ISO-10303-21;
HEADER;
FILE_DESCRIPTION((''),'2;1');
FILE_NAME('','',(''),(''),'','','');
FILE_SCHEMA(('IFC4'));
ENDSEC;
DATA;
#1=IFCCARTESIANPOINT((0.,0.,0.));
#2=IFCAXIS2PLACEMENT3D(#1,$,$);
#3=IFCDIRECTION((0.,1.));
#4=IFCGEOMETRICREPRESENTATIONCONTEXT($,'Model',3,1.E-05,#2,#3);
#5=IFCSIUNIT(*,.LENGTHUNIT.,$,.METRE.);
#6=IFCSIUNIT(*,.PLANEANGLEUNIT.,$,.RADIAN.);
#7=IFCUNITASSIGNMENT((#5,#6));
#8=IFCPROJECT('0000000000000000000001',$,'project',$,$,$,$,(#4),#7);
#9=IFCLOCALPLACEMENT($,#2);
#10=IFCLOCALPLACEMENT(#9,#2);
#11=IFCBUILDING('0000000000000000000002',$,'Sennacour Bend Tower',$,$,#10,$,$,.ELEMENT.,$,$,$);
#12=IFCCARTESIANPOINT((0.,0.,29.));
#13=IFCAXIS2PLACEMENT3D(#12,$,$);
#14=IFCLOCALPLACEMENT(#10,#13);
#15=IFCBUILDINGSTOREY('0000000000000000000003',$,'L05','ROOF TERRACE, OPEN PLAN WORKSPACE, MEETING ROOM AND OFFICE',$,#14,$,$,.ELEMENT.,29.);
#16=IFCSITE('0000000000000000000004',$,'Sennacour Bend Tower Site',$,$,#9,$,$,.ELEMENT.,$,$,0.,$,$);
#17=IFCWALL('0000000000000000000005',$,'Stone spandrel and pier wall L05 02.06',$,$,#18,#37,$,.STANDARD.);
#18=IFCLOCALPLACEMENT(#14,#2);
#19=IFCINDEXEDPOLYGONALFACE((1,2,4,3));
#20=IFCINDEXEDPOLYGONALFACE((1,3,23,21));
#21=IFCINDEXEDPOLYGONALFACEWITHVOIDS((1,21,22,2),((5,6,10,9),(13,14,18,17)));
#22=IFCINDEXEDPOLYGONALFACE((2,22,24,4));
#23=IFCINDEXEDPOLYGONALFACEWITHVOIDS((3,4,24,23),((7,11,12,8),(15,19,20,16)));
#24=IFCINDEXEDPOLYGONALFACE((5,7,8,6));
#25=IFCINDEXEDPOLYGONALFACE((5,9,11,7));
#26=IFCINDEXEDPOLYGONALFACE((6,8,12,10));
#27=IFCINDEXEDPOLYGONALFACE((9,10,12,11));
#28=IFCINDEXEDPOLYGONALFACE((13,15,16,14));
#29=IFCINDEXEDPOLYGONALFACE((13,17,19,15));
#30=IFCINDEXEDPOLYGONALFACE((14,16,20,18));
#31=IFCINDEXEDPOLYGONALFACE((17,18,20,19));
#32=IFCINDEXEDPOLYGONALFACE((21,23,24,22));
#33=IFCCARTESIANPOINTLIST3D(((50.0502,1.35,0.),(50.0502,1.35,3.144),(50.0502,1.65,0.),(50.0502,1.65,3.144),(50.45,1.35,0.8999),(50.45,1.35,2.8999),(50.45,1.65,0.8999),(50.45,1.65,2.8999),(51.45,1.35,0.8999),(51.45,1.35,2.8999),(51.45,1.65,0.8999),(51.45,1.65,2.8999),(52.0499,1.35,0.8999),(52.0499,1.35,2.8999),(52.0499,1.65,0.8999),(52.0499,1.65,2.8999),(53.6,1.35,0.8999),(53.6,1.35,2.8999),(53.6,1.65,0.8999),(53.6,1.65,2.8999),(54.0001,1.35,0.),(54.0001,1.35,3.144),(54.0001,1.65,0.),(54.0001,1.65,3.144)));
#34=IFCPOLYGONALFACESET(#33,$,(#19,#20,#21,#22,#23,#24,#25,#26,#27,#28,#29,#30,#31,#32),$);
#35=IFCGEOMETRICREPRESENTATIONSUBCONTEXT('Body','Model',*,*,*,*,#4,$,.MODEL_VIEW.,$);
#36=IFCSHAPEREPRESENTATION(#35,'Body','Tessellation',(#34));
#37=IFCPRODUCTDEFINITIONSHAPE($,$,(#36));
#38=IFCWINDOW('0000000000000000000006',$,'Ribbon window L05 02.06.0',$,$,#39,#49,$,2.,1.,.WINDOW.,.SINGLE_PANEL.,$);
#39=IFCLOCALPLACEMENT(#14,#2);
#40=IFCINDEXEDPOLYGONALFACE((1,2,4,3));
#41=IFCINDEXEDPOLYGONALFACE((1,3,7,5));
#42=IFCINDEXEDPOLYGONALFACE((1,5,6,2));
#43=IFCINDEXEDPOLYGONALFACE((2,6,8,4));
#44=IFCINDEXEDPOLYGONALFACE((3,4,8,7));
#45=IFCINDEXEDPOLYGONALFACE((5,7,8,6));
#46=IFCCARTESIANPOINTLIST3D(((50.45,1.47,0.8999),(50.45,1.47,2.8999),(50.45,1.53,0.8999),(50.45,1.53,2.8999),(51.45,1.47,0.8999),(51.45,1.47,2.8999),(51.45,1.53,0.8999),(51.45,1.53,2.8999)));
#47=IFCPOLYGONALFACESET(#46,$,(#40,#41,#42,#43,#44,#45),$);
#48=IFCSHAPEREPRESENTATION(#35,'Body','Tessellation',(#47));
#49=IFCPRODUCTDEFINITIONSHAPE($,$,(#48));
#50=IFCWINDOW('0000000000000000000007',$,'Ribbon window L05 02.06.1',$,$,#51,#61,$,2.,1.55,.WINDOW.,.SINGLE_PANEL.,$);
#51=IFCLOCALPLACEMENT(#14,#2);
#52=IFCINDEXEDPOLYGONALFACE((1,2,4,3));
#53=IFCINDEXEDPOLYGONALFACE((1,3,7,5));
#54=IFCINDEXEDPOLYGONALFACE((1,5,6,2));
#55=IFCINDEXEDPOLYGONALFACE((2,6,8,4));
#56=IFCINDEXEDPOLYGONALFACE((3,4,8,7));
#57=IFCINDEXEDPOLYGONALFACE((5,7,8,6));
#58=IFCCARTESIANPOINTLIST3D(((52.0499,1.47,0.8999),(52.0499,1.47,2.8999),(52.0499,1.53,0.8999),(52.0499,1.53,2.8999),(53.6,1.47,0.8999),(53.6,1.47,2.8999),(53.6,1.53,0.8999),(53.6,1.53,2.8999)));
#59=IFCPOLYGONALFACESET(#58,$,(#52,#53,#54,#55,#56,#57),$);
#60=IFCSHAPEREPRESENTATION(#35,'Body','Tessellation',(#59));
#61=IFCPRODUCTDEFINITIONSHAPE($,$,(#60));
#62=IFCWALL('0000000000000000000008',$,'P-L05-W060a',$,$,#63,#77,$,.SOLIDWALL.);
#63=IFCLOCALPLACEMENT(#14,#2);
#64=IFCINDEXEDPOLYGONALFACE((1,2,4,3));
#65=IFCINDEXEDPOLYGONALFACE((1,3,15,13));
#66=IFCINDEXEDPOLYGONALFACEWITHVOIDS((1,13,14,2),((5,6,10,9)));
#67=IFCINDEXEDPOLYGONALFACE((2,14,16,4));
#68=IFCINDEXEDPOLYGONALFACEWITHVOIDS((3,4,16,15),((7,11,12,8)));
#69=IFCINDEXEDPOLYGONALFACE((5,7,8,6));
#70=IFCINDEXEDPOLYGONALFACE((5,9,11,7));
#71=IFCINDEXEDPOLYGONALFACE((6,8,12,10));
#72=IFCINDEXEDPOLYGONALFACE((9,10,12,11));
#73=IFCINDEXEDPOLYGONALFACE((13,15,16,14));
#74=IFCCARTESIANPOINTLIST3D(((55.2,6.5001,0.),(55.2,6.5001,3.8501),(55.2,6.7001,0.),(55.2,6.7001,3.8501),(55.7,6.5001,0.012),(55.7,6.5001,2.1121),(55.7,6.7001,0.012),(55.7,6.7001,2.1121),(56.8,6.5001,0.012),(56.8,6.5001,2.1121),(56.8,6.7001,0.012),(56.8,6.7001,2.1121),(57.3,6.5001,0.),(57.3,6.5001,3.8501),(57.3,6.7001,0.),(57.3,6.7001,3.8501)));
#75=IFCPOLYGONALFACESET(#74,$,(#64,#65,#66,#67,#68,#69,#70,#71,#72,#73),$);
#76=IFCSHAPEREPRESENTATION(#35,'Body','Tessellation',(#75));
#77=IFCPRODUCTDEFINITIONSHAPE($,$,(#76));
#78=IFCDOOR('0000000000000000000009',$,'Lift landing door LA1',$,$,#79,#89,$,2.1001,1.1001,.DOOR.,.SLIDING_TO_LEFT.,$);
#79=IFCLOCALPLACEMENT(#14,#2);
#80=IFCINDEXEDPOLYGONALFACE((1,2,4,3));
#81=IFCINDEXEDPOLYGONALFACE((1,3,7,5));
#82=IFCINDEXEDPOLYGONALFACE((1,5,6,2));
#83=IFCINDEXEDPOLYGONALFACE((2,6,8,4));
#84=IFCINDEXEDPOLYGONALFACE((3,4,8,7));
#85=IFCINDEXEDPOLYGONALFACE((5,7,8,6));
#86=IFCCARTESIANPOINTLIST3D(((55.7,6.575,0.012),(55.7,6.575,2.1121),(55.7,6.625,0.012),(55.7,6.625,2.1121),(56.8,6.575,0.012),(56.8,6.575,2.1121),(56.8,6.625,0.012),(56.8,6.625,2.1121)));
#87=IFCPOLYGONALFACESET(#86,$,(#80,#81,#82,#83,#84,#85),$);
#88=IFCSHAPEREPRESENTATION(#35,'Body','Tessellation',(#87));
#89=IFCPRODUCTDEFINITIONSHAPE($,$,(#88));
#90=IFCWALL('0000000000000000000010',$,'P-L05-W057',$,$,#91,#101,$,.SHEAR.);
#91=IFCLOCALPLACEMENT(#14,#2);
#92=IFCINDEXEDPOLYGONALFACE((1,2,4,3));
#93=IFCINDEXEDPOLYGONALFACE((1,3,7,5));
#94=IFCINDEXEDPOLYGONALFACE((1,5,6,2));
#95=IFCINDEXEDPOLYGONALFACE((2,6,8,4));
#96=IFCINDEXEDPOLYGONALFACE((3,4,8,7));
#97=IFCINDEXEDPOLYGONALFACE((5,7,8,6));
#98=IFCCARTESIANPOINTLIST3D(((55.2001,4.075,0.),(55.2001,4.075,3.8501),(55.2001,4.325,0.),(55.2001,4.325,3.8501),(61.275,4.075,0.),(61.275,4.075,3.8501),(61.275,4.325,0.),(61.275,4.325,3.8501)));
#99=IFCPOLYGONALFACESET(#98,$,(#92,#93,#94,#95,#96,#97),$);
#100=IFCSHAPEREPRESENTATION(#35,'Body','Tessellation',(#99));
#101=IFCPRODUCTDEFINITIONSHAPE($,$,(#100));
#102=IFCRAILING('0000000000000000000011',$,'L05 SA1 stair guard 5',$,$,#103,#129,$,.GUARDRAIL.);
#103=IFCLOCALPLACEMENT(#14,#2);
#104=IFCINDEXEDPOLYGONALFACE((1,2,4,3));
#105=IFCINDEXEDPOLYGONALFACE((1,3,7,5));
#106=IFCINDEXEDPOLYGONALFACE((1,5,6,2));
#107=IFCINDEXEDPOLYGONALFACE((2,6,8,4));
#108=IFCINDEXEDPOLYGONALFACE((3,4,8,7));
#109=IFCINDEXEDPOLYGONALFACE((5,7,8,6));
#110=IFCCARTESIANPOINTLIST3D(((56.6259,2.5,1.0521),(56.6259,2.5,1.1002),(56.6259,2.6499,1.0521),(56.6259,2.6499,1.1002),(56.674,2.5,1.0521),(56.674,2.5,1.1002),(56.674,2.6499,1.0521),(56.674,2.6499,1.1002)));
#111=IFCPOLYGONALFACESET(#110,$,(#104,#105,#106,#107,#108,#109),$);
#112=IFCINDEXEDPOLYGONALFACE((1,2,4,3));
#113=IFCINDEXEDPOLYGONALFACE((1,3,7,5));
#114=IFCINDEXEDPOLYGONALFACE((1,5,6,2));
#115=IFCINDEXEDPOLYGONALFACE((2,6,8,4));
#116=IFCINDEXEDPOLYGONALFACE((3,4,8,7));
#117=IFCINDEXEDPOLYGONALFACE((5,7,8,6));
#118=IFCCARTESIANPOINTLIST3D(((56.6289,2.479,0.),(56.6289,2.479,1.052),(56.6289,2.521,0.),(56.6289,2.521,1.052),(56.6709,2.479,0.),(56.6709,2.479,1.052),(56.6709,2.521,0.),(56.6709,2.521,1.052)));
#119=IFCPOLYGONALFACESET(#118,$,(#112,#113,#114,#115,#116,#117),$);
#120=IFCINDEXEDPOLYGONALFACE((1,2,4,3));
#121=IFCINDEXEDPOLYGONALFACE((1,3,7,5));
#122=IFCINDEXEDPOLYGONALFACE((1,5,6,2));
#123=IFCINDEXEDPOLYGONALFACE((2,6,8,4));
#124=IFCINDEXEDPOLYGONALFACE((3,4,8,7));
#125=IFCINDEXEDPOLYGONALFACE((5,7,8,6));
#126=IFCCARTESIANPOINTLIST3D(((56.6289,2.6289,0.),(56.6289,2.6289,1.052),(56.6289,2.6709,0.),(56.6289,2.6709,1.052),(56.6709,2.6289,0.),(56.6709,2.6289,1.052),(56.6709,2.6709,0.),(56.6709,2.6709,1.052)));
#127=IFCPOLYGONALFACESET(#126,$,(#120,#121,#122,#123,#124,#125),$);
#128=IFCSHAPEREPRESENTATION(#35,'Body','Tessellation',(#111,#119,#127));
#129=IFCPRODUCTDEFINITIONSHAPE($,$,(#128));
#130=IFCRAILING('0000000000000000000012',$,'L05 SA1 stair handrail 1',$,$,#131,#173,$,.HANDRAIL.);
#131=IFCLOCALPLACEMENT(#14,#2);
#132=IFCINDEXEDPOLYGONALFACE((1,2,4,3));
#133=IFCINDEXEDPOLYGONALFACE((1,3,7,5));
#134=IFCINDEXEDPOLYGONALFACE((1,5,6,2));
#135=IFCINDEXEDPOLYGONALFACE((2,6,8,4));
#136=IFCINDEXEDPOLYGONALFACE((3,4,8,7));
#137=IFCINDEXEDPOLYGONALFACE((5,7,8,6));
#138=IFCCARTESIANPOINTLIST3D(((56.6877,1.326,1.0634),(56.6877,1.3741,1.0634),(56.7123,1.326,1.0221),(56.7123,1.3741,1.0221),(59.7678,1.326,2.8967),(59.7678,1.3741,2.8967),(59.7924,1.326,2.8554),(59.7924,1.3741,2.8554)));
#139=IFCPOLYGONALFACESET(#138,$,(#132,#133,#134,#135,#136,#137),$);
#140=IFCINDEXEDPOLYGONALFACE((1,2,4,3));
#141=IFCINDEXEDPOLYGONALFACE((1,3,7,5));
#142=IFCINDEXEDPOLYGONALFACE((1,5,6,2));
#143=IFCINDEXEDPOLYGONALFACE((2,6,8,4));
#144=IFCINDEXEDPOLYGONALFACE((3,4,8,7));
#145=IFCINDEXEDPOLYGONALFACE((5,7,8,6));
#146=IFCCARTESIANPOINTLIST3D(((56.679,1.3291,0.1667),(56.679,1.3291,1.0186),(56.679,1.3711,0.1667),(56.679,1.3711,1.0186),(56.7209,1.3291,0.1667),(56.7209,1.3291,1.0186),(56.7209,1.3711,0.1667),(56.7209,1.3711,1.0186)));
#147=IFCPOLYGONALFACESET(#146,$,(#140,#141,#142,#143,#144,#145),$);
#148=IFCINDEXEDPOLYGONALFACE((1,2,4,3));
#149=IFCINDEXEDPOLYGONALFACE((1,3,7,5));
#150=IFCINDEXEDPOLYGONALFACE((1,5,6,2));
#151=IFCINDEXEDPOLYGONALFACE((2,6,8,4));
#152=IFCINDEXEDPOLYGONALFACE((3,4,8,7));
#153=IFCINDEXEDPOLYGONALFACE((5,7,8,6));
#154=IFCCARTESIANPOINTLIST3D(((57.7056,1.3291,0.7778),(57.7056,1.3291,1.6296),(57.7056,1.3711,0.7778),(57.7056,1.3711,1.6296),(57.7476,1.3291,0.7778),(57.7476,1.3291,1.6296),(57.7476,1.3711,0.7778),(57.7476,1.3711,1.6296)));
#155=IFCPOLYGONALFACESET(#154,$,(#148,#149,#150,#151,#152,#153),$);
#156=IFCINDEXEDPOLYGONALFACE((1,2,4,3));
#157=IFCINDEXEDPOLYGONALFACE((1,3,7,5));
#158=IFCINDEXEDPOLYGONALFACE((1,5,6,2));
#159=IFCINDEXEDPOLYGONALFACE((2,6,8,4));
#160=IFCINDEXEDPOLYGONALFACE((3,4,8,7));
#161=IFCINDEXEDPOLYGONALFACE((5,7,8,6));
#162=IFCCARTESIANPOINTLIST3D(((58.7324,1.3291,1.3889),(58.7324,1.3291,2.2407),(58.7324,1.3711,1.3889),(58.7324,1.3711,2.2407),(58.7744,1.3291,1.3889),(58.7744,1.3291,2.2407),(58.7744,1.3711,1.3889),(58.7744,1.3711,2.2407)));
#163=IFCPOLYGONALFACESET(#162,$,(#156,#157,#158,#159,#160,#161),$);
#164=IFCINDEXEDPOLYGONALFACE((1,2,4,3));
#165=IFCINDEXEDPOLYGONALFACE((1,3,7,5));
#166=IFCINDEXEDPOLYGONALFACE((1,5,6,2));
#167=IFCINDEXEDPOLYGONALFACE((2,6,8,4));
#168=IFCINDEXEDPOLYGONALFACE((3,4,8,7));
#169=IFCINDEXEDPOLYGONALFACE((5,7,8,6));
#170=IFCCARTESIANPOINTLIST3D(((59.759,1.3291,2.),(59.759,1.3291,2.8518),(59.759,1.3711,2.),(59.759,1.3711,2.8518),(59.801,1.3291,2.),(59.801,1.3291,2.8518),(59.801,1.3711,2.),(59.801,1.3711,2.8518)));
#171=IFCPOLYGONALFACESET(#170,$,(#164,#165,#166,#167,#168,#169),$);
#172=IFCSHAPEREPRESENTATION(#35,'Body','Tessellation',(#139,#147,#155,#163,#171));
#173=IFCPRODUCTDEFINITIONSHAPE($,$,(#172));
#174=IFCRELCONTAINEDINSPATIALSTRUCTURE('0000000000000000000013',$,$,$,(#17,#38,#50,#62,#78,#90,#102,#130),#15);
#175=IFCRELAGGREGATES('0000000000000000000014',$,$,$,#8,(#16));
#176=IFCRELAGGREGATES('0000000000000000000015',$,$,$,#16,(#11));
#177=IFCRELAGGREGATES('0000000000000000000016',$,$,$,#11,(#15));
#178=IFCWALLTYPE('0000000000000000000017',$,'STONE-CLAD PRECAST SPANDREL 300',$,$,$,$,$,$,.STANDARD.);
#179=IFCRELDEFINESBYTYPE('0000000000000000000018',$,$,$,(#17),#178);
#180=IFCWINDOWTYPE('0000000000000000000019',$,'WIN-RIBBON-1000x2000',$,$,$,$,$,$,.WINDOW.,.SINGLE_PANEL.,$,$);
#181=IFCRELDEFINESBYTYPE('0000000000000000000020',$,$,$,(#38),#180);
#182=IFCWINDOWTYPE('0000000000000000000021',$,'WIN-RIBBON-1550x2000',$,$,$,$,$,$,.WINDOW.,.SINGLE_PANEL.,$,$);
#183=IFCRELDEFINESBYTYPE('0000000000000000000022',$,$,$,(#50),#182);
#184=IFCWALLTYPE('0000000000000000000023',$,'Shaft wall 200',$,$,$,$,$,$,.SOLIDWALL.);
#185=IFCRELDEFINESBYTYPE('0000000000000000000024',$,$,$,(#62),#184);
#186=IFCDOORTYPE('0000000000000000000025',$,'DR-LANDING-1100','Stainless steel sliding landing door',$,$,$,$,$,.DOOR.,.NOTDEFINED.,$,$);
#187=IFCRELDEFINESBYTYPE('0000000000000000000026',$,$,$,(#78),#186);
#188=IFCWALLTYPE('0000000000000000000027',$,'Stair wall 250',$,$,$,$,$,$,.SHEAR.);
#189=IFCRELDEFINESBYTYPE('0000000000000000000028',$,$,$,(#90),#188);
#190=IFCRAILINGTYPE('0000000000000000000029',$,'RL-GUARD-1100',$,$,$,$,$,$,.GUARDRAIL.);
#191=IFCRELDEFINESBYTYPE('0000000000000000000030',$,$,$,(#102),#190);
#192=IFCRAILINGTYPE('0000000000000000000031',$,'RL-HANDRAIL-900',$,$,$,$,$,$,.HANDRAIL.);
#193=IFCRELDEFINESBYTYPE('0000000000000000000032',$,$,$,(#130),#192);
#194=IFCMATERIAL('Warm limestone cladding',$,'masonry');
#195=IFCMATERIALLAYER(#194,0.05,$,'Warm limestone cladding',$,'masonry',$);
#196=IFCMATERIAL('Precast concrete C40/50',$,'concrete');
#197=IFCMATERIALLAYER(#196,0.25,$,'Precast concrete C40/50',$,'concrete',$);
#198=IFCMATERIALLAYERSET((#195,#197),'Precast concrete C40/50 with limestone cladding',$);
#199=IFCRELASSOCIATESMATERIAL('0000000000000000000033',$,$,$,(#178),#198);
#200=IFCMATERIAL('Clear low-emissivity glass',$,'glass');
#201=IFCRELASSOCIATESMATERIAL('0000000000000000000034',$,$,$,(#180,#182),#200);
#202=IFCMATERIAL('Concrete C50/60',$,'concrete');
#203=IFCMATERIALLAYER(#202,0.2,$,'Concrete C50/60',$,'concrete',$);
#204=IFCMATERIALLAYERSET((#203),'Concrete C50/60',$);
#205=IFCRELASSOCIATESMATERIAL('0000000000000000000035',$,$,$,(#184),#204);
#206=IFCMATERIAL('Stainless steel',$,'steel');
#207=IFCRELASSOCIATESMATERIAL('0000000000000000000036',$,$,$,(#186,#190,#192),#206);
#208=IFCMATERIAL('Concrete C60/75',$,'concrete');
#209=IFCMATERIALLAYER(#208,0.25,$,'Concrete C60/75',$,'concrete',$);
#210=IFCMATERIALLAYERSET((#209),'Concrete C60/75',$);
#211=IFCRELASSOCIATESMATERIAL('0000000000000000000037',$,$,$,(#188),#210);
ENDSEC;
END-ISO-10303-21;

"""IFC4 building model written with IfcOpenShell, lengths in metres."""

from ifc_helpers import new_model, si_unit, direction, frame, frame_2d, origin, origin_2d, place, context, subcontext, project, spatial, rectangle, extrude, material, layer, layer_set, type_object, element, fill, save


model = new_model("IFC4")

# Units and contexts
model_context = context("Model", 3, precision=1e-05, world=origin(), true_north=direction((0.0, 1.0)))
body_context = subcontext(model_context, "Body", "Model", "MODEL_VIEW")
ifc_project = project(units=[si_unit("LENGTHUNIT", "METRE"), si_unit("PLANEANGLEUNIT", "RADIAN")], contexts=[model_context])

# Site, building, storey
site_placement = place(None, origin())
site = spatial("IfcSite", under=ifc_project, at=site_placement, Name="Sennacour Bend Tower Site", CompositionType="ELEMENT", RefElevation=0.0)
building_placement = place(site_placement, origin())
building = spatial("IfcBuilding", under=site, at=building_placement, Name="Sennacour Bend Tower", CompositionType="ELEMENT")
storey_placement = place(building_placement, frame((0.0, 0.0, 29.0)))
storey = spatial("IfcBuildingStorey", under=building, at=storey_placement, Name="L05", Description="ROOF TERRACE, OPEN PLAN WORKSPACE, MEETING ROOM AND OFFICE", CompositionType="ELEMENT", Elevation=29.0)

# Wall, openings, windows
ifc_material_1 = material(Name="Warm limestone cladding", Category="masonry")
ifc_layer_1 = layer(ifc_material_1, 0.05, Name="Warm limestone cladding", Category="masonry")
ifc_material_2 = material(Name="Precast concrete C40/50", Category="concrete")
ifc_layer_2 = layer(ifc_material_2, 0.25, Name="Precast concrete C40/50", Category="concrete")
ifc_layer_set_1 = layer_set([ifc_layer_1, ifc_layer_2], Name="Precast concrete C40/50 with limestone cladding")
wall_type_1 = type_object("IfcWallType", Name="STONE-CLAD PRECAST SPANDREL 300", PredefinedType="STANDARD", material=ifc_layer_set_1)
wall_1_placement = place(storey_placement, frame((50.05, 1.5, 0.0), z_axis=(0.0, 0.0, 1.0), x_axis=(1.0, 0.0, 0.0)))
wall_1 = element("IfcWall", 1, at=wall_1_placement, inside=storey, type_object=wall_type_1, Name="Stone spandrel and pier wall L05 02.06", PredefinedType="STANDARD", context=body_context, shape_type="SweptSolid", body=[
    extrude(rectangle(XDim=3.95, YDim=0.3, at=frame_2d((1.9751, 0.0))), origin(), (0.0, 0.0, 1.0), 3.144),
])
opening_1_placement = place(wall_1_placement, frame((0.3999, 0.0, 0.8999)))
opening_1 = element("IfcOpeningElement", 2, at=opening_1_placement, cuts=wall_1, PredefinedType="OPENING", context=body_context, shape_type="SweptSolid", body=[
    extrude(rectangle(XDim=1.0, YDim=2.0, at=frame_2d((0.5, 1.0))), frame((0.0, 0.1602, 0.0), z_axis=(0.0, -1.0, 0.0), x_axis=(1.0, 0.0, 0.0)), (0.0, 0.0, 1.0), 0.3201),
])
opening_2_placement = place(wall_1_placement, frame((2.0, 0.0, 0.8999)))
opening_2 = element("IfcOpeningElement", 3, at=opening_2_placement, cuts=wall_1, PredefinedType="OPENING", context=body_context, shape_type="SweptSolid", body=[
    extrude(rectangle(XDim=1.55, YDim=2.0, at=frame_2d((0.7749, 1.0))), frame((0.0, 0.1602, 0.0), z_axis=(0.0, -1.0, 0.0), x_axis=(1.0, 0.0, 0.0)), (0.0, 0.0, 1.0), 0.3201),
])
ifc_material_3 = material(Name="Clear low-emissivity glass", Category="glass")
window_type_1 = type_object("IfcWindowType", Name="WIN-RIBBON-1000x2000", PartitioningType="SINGLE_PANEL", PredefinedType="WINDOW", material=ifc_material_3)
window_1_placement = place(opening_1_placement, origin())
window_1 = element("IfcWindow", 4, at=window_1_placement, inside=storey, type_object=window_type_1, Name="Ribbon window L05 02.06.0", OverallHeight=2.0, OverallWidth=1.0, PartitioningType="SINGLE_PANEL", PredefinedType="WINDOW", context=body_context, shape_type="SweptSolid", body=[
    extrude(rectangle(XDim=1.0, YDim=2.0, at=frame_2d((0.5, 1.0))), frame((0.0, 0.03, 0.0), z_axis=(0.0, -1.0, 0.0), x_axis=(1.0, 0.0, 0.0)), (0.0, 0.0, 1.0), 0.0601),
])
fill(opening_1, window_1)
window_type_2 = type_object("IfcWindowType", Name="WIN-RIBBON-1550x2000", PartitioningType="SINGLE_PANEL", PredefinedType="WINDOW", material=ifc_material_3)
window_2_placement = place(opening_2_placement, origin())
window_2 = element("IfcWindow", 5, at=window_2_placement, inside=storey, type_object=window_type_2, Name="Ribbon window L05 02.06.1", OverallHeight=2.0, OverallWidth=1.55, PartitioningType="SINGLE_PANEL", PredefinedType="WINDOW", context=body_context, shape_type="SweptSolid", body=[
    extrude(rectangle(XDim=1.55, YDim=2.0, at=frame_2d((0.7749, 1.0))), frame((0.0, 0.03, 0.0), z_axis=(0.0, -1.0, 0.0), x_axis=(1.0, 0.0, 0.0)), (0.0, 0.0, 1.0), 0.0601),
])
fill(opening_2, window_2)

# Wall, opening, door
ifc_material_4 = material(Name="Concrete C50/60", Category="concrete")
ifc_layer_3 = layer(ifc_material_4, 0.2, Name="Concrete C50/60", Category="concrete")
ifc_layer_set_2 = layer_set([ifc_layer_3], Name="Concrete C50/60")
wall_type_2 = type_object("IfcWallType", Name="Shaft wall 200", PredefinedType="SOLIDWALL", material=ifc_layer_set_2)
wall_2_placement = place(storey_placement, frame((55.2, 6.6001, 0.0), z_axis=(0.0, 0.0, 1.0), x_axis=(1.0, 0.0, 0.0)))
wall_2 = element("IfcWall", 6, at=wall_2_placement, inside=storey, type_object=wall_type_2, Name="P-L05-W060a", PredefinedType="SOLIDWALL", context=body_context, shape_type="SweptSolid", body=[
    extrude(rectangle(XDim=2.1001, YDim=0.2, at=frame_2d((1.05, 0.0))), origin(), (0.0, 0.0, 1.0), 3.8501),
])
opening_3_placement = place(wall_2_placement, frame((0.5, 0.0, 0.012)))
opening_3 = element("IfcOpeningElement", 7, at=opening_3_placement, cuts=wall_2, PredefinedType="OPENING", context=body_context, shape_type="SweptSolid", body=[
    extrude(rectangle(XDim=1.1001, YDim=2.1001, at=frame_2d((0.55, 1.05))), frame((0.0, 0.1099, 0.0), z_axis=(0.0, -1.0, 0.0), x_axis=(1.0, 0.0, 0.0)), (0.0, 0.0, 1.0), 0.22),
])
ifc_material_5 = material(Name="Stainless steel", Category="steel")
door_type_1 = type_object("IfcDoorType", Name="DR-LANDING-1100", Description="Stainless steel sliding landing door", OperationType="NOTDEFINED", PredefinedType="DOOR", material=ifc_material_5)
door_1_placement = place(opening_3_placement, origin())
door_1 = element("IfcDoor", 8, at=door_1_placement, inside=storey, type_object=door_type_1, Name="Lift landing door LA1", OperationType="SLIDING_TO_LEFT", OverallHeight=2.1001, OverallWidth=1.1001, PredefinedType="DOOR", context=body_context, shape_type="SweptSolid", body=[
    extrude(rectangle(XDim=1.1001, YDim=2.1001, at=frame_2d((0.55, 1.05))), frame((0.0, 0.0249, 0.0), z_axis=(0.0, -1.0, 0.0), x_axis=(1.0, 0.0, 0.0)), (0.0, 0.0, 1.0), 0.05),
])
fill(opening_3, door_1)

# Wall
ifc_material_6 = material(Name="Concrete C60/75", Category="concrete")
ifc_layer_4 = layer(ifc_material_6, 0.25, Name="Concrete C60/75", Category="concrete")
ifc_layer_set_3 = layer_set([ifc_layer_4], Name="Concrete C60/75")
wall_type_3 = type_object("IfcWallType", Name="Stair wall 250", PredefinedType="SHEAR", material=ifc_layer_set_3)
wall_3_placement = place(storey_placement, frame((55.2, 4.2, 0.0), z_axis=(0.0, 0.0, 1.0), x_axis=(1.0, 0.0, 0.0)))
element("IfcWall", 9, at=wall_3_placement, inside=storey, type_object=wall_type_3, Name="P-L05-W057", PredefinedType="SHEAR", context=body_context, shape_type="SweptSolid", body=[
    extrude(rectangle(XDim=6.075, YDim=0.25, at=frame_2d((3.0376, 0.0))), origin(), (0.0, 0.0, 1.0), 3.8501),
])

# Railings
railing_type_1 = type_object("IfcRailingType", Name="RL-GUARD-1100", PredefinedType="GUARDRAIL", material=ifc_material_5)
railing_1_placement = place(storey_placement, frame((56.6499, 2.5, 0.0)))
element("IfcRailing", 10, at=railing_1_placement, inside=storey, type_object=railing_type_1, Name="L05 SA1 stair guard 5", PredefinedType="GUARDRAIL", context=body_context, shape_type="SweptSolid", body=[
    extrude(rectangle(XDim=0.0481, YDim=0.0481, at=origin_2d()), frame((0.0, 0.0, 1.0762), z_axis=(0.0, 1.0, 0.0), x_axis=(-1.0, 0.0, 0.0)), (0.0, 0.0, 1.0), 0.1499),
    extrude(rectangle(XDim=0.042, YDim=0.042, at=origin_2d()), origin(), (0.0, 0.0, 1.0), 1.052),
    extrude(rectangle(XDim=0.042, YDim=0.042, at=origin_2d()), frame((0.0, 0.1499, 0.0)), (0.0, 0.0, 1.0), 1.052),
])
railing_type_2 = type_object("IfcRailingType", Name="RL-HANDRAIL-900", PredefinedType="HANDRAIL", material=ifc_material_5)
railing_2_placement = place(storey_placement, frame((56.7, 1.3501, 0.1667)))
element("IfcRailing", 11, at=railing_2_placement, inside=storey, type_object=railing_type_2, Name="L05 SA1 stair handrail 1", PredefinedType="HANDRAIL", context=body_context, shape_type="SweptSolid", body=[
    extrude(rectangle(XDim=0.0481, YDim=0.0481, at=origin_2d()), frame((0.0, 0.0, 0.876), z_axis=(0.859309, 0.0, 0.511458), x_axis=(0.0, 1.0, 0.0)), (0.0, 0.0, 1.0), 3.5845),
    extrude(rectangle(XDim=0.042, YDim=0.042, at=origin_2d()), origin(), (0.0, 0.0, 1.0), 0.8518),
    extrude(rectangle(XDim=0.042, YDim=0.042, at=origin_2d()), frame((1.0266, 0.0, 0.6111)), (0.0, 0.0, 1.0), 0.8518),
    extrude(rectangle(XDim=0.042, YDim=0.042, at=origin_2d()), frame((2.0535, 0.0, 1.2222)), (0.0, 0.0, 1.0), 0.8518),
    extrude(rectangle(XDim=0.042, YDim=0.042, at=origin_2d()), frame((3.0801, 0.0, 1.8333)), (0.0, 0.0, 1.0), 0.8518),
])

save(model, "model.ifc")
